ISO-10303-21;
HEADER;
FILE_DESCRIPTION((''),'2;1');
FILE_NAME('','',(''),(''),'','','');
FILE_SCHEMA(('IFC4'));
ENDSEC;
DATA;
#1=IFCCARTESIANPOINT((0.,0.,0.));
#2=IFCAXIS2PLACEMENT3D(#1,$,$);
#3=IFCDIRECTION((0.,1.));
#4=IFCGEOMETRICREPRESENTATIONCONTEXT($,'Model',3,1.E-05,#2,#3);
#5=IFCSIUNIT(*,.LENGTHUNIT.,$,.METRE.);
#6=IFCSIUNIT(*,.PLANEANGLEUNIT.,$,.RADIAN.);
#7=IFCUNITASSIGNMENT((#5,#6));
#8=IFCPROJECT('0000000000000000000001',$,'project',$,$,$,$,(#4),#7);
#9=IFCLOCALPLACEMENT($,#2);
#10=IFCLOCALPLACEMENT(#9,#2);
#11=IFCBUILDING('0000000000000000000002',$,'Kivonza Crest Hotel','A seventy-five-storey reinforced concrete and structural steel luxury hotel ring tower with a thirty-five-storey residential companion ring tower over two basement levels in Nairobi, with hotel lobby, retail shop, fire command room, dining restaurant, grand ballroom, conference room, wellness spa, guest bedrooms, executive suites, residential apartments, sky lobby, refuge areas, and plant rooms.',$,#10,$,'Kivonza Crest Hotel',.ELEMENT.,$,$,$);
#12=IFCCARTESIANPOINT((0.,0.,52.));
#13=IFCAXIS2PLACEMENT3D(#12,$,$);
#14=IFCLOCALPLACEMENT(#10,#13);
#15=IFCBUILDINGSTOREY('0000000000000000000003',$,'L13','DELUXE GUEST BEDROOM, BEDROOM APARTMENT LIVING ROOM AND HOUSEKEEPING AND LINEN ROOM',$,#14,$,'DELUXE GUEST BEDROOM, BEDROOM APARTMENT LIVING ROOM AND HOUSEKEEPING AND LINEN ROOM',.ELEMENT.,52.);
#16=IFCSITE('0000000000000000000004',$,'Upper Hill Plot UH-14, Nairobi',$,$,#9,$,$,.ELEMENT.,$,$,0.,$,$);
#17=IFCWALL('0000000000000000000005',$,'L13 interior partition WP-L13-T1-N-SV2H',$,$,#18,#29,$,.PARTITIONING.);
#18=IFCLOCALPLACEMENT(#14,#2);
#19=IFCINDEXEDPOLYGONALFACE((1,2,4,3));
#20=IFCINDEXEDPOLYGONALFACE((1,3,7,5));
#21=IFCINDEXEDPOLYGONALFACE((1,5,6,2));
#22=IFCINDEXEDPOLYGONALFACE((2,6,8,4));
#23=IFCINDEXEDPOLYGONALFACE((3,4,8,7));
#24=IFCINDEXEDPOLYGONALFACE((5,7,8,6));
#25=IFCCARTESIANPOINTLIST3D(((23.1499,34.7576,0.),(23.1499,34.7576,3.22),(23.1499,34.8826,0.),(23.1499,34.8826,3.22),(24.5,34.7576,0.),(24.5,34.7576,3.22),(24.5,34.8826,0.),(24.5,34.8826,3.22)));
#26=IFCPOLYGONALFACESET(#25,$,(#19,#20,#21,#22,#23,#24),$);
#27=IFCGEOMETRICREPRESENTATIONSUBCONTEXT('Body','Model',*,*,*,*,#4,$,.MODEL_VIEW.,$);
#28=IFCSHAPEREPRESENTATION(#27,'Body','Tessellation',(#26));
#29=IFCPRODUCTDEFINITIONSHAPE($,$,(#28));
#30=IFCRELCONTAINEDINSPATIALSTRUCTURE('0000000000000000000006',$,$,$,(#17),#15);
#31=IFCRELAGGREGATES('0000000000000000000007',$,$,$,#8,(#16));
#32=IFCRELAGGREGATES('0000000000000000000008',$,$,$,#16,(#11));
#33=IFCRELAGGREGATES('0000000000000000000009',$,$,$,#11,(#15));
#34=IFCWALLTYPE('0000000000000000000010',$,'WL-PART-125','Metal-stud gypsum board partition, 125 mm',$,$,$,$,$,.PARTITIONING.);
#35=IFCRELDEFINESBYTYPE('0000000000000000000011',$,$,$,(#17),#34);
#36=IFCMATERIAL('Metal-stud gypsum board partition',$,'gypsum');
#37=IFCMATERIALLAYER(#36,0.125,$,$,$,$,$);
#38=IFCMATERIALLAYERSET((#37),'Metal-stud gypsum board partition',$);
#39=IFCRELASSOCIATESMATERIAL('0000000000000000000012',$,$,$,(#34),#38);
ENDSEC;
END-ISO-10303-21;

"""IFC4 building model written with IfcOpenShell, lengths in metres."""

from ifc_helpers import new_model, si_unit, direction, frame, frame_2d, origin, place, context, subcontext, project, spatial, rectangle, extrude, material, layer, layer_set, type_object, element, save


model = new_model("IFC4")

# Units and contexts
model_context = context("Model", 3, precision=1e-05, world=origin(), true_north=direction((0.0, 1.0)))
body_context = subcontext(model_context, "Body", "Model", "MODEL_VIEW")
ifc_project = project(units=[si_unit("LENGTHUNIT", "METRE"), si_unit("PLANEANGLEUNIT", "RADIAN")], contexts=[model_context])

# Site, building, storey
site_placement = place(None, origin())
site = spatial("IfcSite", under=ifc_project, at=site_placement, Name="Upper Hill Plot UH-14, Nairobi", CompositionType="ELEMENT", RefElevation=0.0)
building_placement = place(site_placement, origin())
building = spatial("IfcBuilding", under=site, at=building_placement, Name="Kivonza Crest Hotel", Description="A seventy-five-storey reinforced concrete and structural steel luxury hotel ring tower with a thirty-five-storey residential companion ring tower over two basement levels in Nairobi, with hotel lobby, retail shop, fire command room, dining restaurant, grand ballroom, conference room, wellness spa, guest bedrooms, executive suites, residential apartments, sky lobby, refuge areas, and plant rooms.", LongName="Kivonza Crest Hotel", CompositionType="ELEMENT")
storey_placement = place(building_placement, frame((0.0, 0.0, 52.0)))
storey = spatial("IfcBuildingStorey", under=building, at=storey_placement, Name="L13", Description="DELUXE GUEST BEDROOM, BEDROOM APARTMENT LIVING ROOM AND HOUSEKEEPING AND LINEN ROOM", LongName="DELUXE GUEST BEDROOM, BEDROOM APARTMENT LIVING ROOM AND HOUSEKEEPING AND LINEN ROOM", CompositionType="ELEMENT", Elevation=52.0)

# Wall
ifc_material_1 = material(Name="Metal-stud gypsum board partition", Category="gypsum")
ifc_layer_1 = layer(ifc_material_1, 0.125)
ifc_layer_set_1 = layer_set([ifc_layer_1], Name="Metal-stud gypsum board partition")
wall_type_1 = type_object("IfcWallType", Name="WL-PART-125", Description="Metal-stud gypsum board partition, 125 mm", PredefinedType="PARTITIONING", material=ifc_layer_set_1)
wall_1_placement = place(storey_placement, frame((23.1499, 34.8201, 0.0), z_axis=(0.0, 0.0, 1.0), x_axis=(1.0, 0.0, 0.0)))
element("IfcWall", 1, at=wall_1_placement, inside=storey, type_object=wall_type_1, Name="L13 interior partition WP-L13-T1-N-SV2H", PredefinedType="PARTITIONING", context=body_context, shape_type="SweptSolid", body=[
    extrude(rectangle(XDim=1.3501, YDim=0.125, at=frame_2d((0.675, 0.0))), origin(), (0.0, 0.0, 1.0), 3.22),
])

save(model, "model.ifc")
